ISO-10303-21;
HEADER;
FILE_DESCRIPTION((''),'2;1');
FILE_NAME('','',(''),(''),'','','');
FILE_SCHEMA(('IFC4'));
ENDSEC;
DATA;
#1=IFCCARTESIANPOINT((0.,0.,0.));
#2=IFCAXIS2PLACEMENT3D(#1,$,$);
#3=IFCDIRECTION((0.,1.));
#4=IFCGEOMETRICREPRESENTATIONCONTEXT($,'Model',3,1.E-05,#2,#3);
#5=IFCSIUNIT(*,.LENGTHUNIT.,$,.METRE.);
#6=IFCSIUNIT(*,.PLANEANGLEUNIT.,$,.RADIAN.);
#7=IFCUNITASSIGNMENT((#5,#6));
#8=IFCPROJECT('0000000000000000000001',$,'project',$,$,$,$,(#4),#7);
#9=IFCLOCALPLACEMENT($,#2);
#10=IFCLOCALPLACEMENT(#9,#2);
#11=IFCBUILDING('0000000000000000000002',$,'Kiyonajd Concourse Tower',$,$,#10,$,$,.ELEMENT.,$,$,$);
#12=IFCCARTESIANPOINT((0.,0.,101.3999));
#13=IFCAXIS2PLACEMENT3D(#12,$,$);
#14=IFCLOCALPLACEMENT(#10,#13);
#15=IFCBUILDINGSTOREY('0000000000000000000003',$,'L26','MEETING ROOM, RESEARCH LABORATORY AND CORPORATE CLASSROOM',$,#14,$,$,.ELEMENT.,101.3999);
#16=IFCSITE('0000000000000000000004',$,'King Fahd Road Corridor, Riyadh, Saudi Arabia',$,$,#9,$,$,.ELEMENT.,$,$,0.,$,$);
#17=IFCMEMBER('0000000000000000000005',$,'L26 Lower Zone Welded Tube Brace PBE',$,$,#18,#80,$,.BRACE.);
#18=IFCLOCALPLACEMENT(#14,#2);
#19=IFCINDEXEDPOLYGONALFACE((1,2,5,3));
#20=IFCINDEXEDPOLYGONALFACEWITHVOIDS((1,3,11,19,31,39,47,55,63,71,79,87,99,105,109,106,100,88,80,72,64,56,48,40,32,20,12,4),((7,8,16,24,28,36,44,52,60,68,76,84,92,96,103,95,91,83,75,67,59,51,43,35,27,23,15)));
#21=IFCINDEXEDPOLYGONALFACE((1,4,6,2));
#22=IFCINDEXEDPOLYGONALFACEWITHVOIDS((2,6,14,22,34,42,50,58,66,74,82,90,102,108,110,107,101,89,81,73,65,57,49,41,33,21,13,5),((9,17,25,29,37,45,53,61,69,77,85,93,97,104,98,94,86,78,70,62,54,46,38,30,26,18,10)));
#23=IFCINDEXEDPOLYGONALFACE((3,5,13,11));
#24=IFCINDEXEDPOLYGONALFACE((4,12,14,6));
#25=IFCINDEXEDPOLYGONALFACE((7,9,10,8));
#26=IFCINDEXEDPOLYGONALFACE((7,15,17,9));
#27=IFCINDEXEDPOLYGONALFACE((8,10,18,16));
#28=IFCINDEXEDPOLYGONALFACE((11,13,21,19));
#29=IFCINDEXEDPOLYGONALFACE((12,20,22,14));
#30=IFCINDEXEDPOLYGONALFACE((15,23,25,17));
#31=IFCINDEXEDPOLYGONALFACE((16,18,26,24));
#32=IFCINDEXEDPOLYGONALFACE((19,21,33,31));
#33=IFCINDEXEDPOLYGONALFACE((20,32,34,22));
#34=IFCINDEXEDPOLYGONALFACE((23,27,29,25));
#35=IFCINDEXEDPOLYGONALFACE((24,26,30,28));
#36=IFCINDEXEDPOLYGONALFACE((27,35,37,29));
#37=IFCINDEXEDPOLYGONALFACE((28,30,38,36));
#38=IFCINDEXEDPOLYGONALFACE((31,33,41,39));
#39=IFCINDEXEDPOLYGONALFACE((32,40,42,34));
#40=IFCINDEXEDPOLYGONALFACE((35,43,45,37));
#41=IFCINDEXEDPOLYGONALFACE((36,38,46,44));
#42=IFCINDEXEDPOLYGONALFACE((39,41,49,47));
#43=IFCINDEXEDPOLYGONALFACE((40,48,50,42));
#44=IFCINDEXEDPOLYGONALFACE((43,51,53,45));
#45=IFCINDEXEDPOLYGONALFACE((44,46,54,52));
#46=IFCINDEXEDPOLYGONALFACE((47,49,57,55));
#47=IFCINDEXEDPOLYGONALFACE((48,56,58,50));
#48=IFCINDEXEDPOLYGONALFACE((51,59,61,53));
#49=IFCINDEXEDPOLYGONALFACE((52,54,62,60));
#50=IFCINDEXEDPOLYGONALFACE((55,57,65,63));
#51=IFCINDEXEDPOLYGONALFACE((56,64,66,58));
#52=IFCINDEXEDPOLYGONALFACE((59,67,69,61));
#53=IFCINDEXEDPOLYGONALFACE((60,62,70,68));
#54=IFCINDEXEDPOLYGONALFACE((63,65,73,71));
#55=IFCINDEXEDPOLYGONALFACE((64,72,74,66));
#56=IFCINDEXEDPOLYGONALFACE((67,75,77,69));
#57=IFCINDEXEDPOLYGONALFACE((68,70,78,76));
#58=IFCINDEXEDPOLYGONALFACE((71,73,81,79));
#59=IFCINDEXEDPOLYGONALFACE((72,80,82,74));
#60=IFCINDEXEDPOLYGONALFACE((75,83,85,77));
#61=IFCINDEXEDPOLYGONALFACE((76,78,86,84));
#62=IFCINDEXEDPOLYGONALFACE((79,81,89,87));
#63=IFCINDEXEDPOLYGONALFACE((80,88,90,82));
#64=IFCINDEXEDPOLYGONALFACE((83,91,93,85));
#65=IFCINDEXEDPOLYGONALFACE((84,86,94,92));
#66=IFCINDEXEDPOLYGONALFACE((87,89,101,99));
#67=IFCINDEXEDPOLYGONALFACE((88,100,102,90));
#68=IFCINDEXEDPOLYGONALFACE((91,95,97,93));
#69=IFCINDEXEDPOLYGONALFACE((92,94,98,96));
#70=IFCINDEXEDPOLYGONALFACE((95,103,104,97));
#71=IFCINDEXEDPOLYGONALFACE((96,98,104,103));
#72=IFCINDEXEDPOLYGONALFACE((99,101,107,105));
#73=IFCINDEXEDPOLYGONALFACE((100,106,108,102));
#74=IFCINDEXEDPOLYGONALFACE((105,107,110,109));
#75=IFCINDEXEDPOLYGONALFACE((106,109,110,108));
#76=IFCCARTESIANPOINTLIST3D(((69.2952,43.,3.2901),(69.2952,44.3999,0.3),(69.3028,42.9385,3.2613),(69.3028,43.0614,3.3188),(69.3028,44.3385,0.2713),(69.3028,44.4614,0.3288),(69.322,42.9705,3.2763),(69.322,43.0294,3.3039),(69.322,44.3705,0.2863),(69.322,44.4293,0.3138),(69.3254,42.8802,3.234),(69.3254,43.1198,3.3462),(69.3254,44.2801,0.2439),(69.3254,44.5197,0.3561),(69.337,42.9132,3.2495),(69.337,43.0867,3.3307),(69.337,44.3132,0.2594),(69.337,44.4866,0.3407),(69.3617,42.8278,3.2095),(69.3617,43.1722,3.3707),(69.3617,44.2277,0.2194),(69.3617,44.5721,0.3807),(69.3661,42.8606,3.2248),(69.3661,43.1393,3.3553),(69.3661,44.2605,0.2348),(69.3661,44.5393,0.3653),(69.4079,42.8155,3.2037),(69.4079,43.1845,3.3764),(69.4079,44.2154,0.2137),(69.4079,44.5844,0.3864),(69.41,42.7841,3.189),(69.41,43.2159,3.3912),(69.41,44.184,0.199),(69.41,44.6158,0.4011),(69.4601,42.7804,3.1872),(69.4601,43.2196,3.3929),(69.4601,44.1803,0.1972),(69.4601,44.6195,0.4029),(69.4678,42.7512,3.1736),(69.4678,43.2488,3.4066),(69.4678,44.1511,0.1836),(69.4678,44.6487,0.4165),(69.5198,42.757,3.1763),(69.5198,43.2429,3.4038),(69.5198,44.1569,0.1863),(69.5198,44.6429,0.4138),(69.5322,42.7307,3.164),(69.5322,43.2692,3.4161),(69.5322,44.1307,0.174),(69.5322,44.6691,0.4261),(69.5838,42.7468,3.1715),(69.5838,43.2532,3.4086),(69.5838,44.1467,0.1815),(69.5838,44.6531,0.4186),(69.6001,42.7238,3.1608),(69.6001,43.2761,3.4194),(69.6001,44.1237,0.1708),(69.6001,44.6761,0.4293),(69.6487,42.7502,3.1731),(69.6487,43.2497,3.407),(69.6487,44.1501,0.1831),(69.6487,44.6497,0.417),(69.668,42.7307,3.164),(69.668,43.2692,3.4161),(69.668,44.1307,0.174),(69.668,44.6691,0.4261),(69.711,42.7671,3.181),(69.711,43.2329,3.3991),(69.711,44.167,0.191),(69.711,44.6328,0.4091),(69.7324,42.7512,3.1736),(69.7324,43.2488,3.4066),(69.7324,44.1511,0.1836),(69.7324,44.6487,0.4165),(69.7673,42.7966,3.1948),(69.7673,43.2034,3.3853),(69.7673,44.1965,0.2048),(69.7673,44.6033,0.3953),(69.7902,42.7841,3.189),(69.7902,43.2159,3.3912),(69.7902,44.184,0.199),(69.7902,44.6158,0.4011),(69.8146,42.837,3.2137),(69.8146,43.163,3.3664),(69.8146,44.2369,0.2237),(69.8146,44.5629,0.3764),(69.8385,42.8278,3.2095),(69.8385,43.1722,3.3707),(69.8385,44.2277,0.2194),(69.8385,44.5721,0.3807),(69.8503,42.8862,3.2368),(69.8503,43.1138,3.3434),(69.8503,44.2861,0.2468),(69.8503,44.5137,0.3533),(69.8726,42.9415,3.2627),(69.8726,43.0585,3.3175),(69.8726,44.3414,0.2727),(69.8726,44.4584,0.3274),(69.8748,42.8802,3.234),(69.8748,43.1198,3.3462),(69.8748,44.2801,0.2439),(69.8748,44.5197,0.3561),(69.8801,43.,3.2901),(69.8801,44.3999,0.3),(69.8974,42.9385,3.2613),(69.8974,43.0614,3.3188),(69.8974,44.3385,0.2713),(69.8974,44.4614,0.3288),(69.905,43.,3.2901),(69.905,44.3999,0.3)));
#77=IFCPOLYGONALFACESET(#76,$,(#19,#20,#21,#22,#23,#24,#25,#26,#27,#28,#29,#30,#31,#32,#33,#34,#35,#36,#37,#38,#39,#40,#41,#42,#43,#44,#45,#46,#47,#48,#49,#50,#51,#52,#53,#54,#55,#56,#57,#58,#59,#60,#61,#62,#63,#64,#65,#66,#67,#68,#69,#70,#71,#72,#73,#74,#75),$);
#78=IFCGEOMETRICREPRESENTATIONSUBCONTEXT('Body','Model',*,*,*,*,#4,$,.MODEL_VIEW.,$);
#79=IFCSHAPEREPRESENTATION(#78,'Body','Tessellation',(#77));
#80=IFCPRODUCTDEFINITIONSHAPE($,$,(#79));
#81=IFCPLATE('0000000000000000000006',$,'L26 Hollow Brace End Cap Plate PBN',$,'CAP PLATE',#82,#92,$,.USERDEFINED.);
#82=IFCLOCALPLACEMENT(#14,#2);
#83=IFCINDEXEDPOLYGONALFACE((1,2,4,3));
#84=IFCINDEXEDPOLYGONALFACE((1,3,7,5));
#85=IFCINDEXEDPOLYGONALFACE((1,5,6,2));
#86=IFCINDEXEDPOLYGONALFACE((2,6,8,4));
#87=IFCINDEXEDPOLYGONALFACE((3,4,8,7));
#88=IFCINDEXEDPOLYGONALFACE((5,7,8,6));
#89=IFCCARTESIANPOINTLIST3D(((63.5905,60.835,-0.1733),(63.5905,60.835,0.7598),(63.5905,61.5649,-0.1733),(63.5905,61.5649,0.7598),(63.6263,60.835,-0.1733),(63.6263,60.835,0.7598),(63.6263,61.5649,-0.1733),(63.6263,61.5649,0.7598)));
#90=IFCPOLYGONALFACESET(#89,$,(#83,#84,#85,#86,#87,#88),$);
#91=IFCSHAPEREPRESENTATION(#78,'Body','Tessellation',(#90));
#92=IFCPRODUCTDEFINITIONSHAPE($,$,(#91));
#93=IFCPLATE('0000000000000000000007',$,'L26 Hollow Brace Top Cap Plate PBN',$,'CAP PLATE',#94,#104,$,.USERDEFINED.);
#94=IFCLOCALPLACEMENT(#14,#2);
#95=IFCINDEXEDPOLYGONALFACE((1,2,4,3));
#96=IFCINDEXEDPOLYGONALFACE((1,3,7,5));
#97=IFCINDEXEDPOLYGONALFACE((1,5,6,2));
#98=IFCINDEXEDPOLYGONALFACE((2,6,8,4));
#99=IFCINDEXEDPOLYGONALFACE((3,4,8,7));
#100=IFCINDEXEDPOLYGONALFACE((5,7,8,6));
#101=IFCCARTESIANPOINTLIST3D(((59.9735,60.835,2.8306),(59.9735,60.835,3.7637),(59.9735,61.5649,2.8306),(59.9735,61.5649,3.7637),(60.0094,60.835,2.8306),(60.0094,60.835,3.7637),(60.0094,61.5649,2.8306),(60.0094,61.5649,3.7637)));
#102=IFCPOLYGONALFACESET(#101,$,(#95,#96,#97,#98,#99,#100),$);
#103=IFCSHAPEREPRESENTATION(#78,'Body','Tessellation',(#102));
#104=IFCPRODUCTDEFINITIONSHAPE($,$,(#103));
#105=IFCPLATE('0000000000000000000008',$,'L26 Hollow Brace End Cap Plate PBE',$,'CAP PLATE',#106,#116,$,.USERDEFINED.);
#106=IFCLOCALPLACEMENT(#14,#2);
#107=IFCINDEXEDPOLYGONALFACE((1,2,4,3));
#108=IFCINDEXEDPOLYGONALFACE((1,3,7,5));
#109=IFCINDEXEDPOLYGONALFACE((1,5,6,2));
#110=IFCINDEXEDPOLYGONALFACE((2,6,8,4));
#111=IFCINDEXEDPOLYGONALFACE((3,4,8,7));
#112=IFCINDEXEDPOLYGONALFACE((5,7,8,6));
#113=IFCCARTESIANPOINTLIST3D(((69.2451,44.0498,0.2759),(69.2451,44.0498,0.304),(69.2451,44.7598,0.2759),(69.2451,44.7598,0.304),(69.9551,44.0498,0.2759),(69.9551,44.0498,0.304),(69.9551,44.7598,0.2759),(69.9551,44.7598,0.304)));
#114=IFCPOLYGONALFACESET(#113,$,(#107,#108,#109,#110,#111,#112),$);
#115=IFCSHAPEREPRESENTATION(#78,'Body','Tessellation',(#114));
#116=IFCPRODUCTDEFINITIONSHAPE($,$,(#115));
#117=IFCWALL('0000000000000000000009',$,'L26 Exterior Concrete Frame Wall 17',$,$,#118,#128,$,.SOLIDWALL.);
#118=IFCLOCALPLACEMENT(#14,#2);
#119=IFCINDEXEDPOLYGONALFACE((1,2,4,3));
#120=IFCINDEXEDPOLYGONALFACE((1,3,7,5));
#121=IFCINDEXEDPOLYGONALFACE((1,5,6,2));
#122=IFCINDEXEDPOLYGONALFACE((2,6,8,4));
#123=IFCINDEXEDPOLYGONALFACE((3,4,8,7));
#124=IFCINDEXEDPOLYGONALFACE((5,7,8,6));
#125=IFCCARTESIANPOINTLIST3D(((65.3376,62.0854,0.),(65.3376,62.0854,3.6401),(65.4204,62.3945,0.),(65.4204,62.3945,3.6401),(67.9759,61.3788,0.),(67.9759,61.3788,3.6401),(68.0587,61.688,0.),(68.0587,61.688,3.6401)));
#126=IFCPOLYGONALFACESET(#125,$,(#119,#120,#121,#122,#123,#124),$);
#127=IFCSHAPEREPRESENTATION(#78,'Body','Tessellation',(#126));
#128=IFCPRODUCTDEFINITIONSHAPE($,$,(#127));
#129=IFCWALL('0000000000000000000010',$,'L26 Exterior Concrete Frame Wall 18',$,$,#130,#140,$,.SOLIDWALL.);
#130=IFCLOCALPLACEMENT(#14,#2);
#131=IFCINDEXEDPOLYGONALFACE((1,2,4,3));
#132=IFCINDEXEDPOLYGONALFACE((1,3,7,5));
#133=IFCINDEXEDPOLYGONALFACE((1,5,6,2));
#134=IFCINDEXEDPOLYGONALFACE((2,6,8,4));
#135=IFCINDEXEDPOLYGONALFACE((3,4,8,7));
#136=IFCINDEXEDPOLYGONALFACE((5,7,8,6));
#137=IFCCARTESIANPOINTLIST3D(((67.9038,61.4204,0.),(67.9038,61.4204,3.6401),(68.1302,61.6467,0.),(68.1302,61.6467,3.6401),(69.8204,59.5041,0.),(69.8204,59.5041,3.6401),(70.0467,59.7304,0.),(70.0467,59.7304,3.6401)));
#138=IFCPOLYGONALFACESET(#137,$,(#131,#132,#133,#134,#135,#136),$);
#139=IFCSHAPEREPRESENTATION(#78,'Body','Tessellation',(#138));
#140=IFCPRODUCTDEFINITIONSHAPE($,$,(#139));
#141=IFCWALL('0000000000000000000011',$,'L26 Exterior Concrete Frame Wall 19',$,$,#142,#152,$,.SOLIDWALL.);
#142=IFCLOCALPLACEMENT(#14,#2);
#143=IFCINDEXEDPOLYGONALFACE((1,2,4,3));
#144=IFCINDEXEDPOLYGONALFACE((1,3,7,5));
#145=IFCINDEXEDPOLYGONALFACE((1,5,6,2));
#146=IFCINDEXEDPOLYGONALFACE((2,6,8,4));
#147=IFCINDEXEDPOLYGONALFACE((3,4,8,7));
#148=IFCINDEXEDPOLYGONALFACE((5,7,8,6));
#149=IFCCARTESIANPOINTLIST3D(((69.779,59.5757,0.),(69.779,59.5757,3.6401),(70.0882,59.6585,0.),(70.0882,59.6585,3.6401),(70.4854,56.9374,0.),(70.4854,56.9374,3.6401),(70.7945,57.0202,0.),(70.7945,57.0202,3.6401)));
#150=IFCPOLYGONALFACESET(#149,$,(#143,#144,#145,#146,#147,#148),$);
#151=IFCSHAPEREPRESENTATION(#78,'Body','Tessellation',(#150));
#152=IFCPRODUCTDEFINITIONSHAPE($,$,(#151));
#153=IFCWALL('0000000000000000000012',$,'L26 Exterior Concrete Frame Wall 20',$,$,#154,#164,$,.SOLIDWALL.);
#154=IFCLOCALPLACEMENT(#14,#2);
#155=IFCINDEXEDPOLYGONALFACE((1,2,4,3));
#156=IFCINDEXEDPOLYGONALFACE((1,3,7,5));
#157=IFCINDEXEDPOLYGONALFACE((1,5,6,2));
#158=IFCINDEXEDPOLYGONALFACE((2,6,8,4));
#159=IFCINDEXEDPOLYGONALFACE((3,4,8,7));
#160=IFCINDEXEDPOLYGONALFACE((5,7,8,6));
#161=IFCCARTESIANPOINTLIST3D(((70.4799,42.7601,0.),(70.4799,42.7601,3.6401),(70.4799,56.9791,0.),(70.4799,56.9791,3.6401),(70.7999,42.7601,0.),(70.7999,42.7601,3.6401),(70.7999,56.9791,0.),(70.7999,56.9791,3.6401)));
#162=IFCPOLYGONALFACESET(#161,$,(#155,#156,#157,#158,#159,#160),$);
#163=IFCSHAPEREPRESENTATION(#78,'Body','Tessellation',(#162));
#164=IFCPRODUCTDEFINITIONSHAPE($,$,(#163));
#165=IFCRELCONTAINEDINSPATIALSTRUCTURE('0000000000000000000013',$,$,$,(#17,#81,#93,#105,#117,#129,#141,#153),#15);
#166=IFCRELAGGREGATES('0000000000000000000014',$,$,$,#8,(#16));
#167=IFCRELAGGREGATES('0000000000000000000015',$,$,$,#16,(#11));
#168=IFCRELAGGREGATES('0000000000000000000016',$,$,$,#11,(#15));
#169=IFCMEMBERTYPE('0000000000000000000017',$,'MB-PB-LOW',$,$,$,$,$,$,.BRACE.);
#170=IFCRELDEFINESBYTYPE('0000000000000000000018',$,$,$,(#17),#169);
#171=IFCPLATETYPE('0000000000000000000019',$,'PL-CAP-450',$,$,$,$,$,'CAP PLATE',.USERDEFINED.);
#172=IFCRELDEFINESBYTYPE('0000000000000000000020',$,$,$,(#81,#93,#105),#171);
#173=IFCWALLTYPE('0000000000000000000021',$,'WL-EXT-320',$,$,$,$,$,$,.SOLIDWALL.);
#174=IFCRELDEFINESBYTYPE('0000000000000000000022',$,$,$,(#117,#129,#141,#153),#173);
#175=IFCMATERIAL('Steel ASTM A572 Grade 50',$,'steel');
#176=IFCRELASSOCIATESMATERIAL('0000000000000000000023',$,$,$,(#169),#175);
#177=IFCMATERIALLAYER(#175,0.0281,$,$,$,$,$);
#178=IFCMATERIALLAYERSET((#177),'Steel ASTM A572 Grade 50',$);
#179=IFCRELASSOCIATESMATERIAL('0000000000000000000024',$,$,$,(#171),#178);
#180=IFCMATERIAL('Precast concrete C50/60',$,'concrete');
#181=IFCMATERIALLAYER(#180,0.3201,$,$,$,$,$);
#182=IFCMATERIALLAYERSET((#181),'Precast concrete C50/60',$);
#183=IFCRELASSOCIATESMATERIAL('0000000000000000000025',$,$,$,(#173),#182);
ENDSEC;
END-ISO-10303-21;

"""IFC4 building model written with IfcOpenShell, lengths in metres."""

from ifc_helpers import new_model, si_unit, direction, frame, frame_2d, origin, origin_2d, place, context, subcontext, project, spatial, rectangle, hollow_circle, extrude, material, layer, layer_set, material_profile, profile_set, type_object, element, save


model = new_model("IFC4")

# Units and contexts
model_context = context("Model", 3, precision=1e-05, world=origin(), true_north=direction((0.0, 1.0)))
body_context = subcontext(model_context, "Body", "Model", "MODEL_VIEW")
ifc_project = project(units=[si_unit("LENGTHUNIT", "METRE"), si_unit("PLANEANGLEUNIT", "RADIAN")], contexts=[model_context])

# Site, building, storey
site_placement = place(None, origin())
site = spatial("IfcSite", under=ifc_project, at=site_placement, Name="King Fahd Road Corridor, Riyadh, Saudi Arabia", CompositionType="ELEMENT", RefElevation=0.0)
building_placement = place(site_placement, origin())
building = spatial("IfcBuilding", under=site, at=building_placement, Name="Kiyonajd Concourse Tower", CompositionType="ELEMENT")
storey_placement = place(building_placement, frame((0.0, 0.0, 101.3999)))
storey = spatial("IfcBuildingStorey", under=building, at=storey_placement, Name="L26", Description="MEETING ROOM, RESEARCH LABORATORY AND CORPORATE CLASSROOM", CompositionType="ELEMENT", Elevation=101.3999)

# Shared definitions
ifc_material_1 = material(Name="Precast concrete C50/60", Category="concrete")

# Member
ifc_material_2 = material(Name="Steel ASTM A572 Grade 50", Category="steel")
ifc_material_profile_1 = material_profile(ifc_material_2, hollow_circle(Radius=0.3049, WallThickness=0.0249, at=origin_2d()), Name="CHS-610x25")
ifc_profile_set_1 = profile_set([ifc_material_profile_1], Name="Steel ASTM A572 Grade 50")
member_type = type_object("IfcMemberType", Name="MB-PB-LOW", PredefinedType="BRACE", material=ifc_profile_set_1)
member_1_placement = place(storey_placement, frame((69.6001, 44.3999, 0.3), z_axis=(0.0, -0.424023, 0.905652), x_axis=(1.0, 0.0, 0.0)))
element("IfcMember", 1, at=member_1_placement, inside=storey, type_object=member_type, Name="L26 Lower Zone Welded Tube Brace PBE", PredefinedType="BRACE", context=body_context, shape_type="SweptSolid", body=[
    extrude(hollow_circle(Radius=0.3049, WallThickness=0.0249, at=origin_2d()), origin(), (0.0, 0.0, 1.0), 3.3015),
])

# Plates
ifc_layer_1 = layer(ifc_material_2, 0.0281)
ifc_layer_set_1 = layer_set([ifc_layer_1], Name="Steel ASTM A572 Grade 50")
plate_type = type_object("IfcPlateType", Name="PL-CAP-450", ElementType="CAP PLATE", PredefinedType="USERDEFINED", material=ifc_layer_set_1)
for number, where, z_axis, x_axis, name in (
    (2, (63.6084, 61.2, -0.1733), (0.0, 0.0, 1.0), (1.0, 0.0, 0.0), "L26 Hollow Brace End Cap Plate PBN"),
    (3, (59.9915, 61.2, 2.8306), (0.0, 0.0, 1.0), (-1.0, 0.0, 0.0), "L26 Hollow Brace Top Cap Plate PBN"),
):
    element("IfcPlate", number, at=place(storey_placement, frame(where, z_axis=z_axis, x_axis=x_axis)), inside=storey, type_object=plate_type, Name=name, ObjectType="CAP PLATE", PredefinedType="USERDEFINED", context=body_context, shape_type="SweptSolid", body=[
        extrude(rectangle(XDim=0.0359, YDim=0.73, at=origin_2d()), origin(), (0.0, 0.0, 1.0), 0.9331),
    ])
plate_placement = place(storey_placement, frame((69.6001, 44.4048, 0.2759), z_axis=(0.0, 0.0, 1.0), x_axis=(1.0, 0.0, 0.0)))
element("IfcPlate", 4, at=plate_placement, inside=storey, type_object=plate_type, Name="L26 Hollow Brace End Cap Plate PBE", ObjectType="CAP PLATE", PredefinedType="USERDEFINED", context=body_context, shape_type="SweptSolid", body=[
    extrude(rectangle(XDim=0.71, YDim=0.71, at=origin_2d()), origin(), (0.0, 0.0, 1.0), 0.0281),
])

# Walls
ifc_layer_2 = layer(ifc_material_1, 0.3201)
ifc_layer_set_2 = layer_set([ifc_layer_2], Name="Precast concrete C50/60")
wall_type = type_object("IfcWallType", Name="WL-EXT-320", PredefinedType="SOLIDWALL", material=ifc_layer_set_2)
wall_1_placement = place(storey_placement, frame((65.3789, 62.24, 0.0), z_axis=(0.0, 0.0, 1.0), x_axis=(0.965958, -0.258697, 0.0)))
element("IfcWall", 5, at=wall_1_placement, inside=storey, type_object=wall_type, Name="L26 Exterior Concrete Frame Wall 17", PredefinedType="SOLIDWALL", context=body_context, shape_type="SweptSolid", body=[
    extrude(rectangle(XDim=2.7312, YDim=0.3201, at=frame_2d((1.3657, 0.0))), origin(), (0.0, 0.0, 1.0), 3.6401),
])
wall_2_placement = place(storey_placement, frame((68.0171, 61.5334, 0.0), z_axis=(0.0, 0.0, 1.0), x_axis=(0.707152, -0.707062, 0.0)))
element("IfcWall", 6, at=wall_2_placement, inside=storey, type_object=wall_type, Name="L26 Exterior Concrete Frame Wall 18", PredefinedType="SOLIDWALL", context=body_context, shape_type="SweptSolid", body=[
    extrude(rectangle(XDim=2.7102, YDim=0.3201, at=frame_2d((1.355, 0.0))), origin(), (0.0, 0.0, 1.0), 3.6401),
])
wall_3_placement = place(storey_placement, frame((69.9336, 59.6172, 0.0), z_axis=(0.0, 0.0, 1.0), x_axis=(0.258614, -0.965981, 0.0)))
element("IfcWall", 7, at=wall_3_placement, inside=storey, type_object=wall_type, Name="L26 Exterior Concrete Frame Wall 19", PredefinedType="SOLIDWALL", context=body_context, shape_type="SweptSolid", body=[
    extrude(rectangle(XDim=2.7312, YDim=0.3201, at=frame_2d((1.3657, 0.0))), origin(), (0.0, 0.0, 1.0), 3.6401),
])
wall_4_placement = place(storey_placement, frame((70.6399, 56.979, 0.0), z_axis=(0.0, 0.0, 1.0), x_axis=(0.0, -1.0, 0.0)))
element("IfcWall", 8, at=wall_4_placement, inside=storey, type_object=wall_type, Name="L26 Exterior Concrete Frame Wall 20", PredefinedType="SOLIDWALL", context=body_context, shape_type="SweptSolid", body=[
    extrude(rectangle(XDim=14.219, YDim=0.3201, at=frame_2d((7.1094, 0.0))), origin(), (0.0, 0.0, 1.0), 3.6401),
])

save(model, "model.ifc")
